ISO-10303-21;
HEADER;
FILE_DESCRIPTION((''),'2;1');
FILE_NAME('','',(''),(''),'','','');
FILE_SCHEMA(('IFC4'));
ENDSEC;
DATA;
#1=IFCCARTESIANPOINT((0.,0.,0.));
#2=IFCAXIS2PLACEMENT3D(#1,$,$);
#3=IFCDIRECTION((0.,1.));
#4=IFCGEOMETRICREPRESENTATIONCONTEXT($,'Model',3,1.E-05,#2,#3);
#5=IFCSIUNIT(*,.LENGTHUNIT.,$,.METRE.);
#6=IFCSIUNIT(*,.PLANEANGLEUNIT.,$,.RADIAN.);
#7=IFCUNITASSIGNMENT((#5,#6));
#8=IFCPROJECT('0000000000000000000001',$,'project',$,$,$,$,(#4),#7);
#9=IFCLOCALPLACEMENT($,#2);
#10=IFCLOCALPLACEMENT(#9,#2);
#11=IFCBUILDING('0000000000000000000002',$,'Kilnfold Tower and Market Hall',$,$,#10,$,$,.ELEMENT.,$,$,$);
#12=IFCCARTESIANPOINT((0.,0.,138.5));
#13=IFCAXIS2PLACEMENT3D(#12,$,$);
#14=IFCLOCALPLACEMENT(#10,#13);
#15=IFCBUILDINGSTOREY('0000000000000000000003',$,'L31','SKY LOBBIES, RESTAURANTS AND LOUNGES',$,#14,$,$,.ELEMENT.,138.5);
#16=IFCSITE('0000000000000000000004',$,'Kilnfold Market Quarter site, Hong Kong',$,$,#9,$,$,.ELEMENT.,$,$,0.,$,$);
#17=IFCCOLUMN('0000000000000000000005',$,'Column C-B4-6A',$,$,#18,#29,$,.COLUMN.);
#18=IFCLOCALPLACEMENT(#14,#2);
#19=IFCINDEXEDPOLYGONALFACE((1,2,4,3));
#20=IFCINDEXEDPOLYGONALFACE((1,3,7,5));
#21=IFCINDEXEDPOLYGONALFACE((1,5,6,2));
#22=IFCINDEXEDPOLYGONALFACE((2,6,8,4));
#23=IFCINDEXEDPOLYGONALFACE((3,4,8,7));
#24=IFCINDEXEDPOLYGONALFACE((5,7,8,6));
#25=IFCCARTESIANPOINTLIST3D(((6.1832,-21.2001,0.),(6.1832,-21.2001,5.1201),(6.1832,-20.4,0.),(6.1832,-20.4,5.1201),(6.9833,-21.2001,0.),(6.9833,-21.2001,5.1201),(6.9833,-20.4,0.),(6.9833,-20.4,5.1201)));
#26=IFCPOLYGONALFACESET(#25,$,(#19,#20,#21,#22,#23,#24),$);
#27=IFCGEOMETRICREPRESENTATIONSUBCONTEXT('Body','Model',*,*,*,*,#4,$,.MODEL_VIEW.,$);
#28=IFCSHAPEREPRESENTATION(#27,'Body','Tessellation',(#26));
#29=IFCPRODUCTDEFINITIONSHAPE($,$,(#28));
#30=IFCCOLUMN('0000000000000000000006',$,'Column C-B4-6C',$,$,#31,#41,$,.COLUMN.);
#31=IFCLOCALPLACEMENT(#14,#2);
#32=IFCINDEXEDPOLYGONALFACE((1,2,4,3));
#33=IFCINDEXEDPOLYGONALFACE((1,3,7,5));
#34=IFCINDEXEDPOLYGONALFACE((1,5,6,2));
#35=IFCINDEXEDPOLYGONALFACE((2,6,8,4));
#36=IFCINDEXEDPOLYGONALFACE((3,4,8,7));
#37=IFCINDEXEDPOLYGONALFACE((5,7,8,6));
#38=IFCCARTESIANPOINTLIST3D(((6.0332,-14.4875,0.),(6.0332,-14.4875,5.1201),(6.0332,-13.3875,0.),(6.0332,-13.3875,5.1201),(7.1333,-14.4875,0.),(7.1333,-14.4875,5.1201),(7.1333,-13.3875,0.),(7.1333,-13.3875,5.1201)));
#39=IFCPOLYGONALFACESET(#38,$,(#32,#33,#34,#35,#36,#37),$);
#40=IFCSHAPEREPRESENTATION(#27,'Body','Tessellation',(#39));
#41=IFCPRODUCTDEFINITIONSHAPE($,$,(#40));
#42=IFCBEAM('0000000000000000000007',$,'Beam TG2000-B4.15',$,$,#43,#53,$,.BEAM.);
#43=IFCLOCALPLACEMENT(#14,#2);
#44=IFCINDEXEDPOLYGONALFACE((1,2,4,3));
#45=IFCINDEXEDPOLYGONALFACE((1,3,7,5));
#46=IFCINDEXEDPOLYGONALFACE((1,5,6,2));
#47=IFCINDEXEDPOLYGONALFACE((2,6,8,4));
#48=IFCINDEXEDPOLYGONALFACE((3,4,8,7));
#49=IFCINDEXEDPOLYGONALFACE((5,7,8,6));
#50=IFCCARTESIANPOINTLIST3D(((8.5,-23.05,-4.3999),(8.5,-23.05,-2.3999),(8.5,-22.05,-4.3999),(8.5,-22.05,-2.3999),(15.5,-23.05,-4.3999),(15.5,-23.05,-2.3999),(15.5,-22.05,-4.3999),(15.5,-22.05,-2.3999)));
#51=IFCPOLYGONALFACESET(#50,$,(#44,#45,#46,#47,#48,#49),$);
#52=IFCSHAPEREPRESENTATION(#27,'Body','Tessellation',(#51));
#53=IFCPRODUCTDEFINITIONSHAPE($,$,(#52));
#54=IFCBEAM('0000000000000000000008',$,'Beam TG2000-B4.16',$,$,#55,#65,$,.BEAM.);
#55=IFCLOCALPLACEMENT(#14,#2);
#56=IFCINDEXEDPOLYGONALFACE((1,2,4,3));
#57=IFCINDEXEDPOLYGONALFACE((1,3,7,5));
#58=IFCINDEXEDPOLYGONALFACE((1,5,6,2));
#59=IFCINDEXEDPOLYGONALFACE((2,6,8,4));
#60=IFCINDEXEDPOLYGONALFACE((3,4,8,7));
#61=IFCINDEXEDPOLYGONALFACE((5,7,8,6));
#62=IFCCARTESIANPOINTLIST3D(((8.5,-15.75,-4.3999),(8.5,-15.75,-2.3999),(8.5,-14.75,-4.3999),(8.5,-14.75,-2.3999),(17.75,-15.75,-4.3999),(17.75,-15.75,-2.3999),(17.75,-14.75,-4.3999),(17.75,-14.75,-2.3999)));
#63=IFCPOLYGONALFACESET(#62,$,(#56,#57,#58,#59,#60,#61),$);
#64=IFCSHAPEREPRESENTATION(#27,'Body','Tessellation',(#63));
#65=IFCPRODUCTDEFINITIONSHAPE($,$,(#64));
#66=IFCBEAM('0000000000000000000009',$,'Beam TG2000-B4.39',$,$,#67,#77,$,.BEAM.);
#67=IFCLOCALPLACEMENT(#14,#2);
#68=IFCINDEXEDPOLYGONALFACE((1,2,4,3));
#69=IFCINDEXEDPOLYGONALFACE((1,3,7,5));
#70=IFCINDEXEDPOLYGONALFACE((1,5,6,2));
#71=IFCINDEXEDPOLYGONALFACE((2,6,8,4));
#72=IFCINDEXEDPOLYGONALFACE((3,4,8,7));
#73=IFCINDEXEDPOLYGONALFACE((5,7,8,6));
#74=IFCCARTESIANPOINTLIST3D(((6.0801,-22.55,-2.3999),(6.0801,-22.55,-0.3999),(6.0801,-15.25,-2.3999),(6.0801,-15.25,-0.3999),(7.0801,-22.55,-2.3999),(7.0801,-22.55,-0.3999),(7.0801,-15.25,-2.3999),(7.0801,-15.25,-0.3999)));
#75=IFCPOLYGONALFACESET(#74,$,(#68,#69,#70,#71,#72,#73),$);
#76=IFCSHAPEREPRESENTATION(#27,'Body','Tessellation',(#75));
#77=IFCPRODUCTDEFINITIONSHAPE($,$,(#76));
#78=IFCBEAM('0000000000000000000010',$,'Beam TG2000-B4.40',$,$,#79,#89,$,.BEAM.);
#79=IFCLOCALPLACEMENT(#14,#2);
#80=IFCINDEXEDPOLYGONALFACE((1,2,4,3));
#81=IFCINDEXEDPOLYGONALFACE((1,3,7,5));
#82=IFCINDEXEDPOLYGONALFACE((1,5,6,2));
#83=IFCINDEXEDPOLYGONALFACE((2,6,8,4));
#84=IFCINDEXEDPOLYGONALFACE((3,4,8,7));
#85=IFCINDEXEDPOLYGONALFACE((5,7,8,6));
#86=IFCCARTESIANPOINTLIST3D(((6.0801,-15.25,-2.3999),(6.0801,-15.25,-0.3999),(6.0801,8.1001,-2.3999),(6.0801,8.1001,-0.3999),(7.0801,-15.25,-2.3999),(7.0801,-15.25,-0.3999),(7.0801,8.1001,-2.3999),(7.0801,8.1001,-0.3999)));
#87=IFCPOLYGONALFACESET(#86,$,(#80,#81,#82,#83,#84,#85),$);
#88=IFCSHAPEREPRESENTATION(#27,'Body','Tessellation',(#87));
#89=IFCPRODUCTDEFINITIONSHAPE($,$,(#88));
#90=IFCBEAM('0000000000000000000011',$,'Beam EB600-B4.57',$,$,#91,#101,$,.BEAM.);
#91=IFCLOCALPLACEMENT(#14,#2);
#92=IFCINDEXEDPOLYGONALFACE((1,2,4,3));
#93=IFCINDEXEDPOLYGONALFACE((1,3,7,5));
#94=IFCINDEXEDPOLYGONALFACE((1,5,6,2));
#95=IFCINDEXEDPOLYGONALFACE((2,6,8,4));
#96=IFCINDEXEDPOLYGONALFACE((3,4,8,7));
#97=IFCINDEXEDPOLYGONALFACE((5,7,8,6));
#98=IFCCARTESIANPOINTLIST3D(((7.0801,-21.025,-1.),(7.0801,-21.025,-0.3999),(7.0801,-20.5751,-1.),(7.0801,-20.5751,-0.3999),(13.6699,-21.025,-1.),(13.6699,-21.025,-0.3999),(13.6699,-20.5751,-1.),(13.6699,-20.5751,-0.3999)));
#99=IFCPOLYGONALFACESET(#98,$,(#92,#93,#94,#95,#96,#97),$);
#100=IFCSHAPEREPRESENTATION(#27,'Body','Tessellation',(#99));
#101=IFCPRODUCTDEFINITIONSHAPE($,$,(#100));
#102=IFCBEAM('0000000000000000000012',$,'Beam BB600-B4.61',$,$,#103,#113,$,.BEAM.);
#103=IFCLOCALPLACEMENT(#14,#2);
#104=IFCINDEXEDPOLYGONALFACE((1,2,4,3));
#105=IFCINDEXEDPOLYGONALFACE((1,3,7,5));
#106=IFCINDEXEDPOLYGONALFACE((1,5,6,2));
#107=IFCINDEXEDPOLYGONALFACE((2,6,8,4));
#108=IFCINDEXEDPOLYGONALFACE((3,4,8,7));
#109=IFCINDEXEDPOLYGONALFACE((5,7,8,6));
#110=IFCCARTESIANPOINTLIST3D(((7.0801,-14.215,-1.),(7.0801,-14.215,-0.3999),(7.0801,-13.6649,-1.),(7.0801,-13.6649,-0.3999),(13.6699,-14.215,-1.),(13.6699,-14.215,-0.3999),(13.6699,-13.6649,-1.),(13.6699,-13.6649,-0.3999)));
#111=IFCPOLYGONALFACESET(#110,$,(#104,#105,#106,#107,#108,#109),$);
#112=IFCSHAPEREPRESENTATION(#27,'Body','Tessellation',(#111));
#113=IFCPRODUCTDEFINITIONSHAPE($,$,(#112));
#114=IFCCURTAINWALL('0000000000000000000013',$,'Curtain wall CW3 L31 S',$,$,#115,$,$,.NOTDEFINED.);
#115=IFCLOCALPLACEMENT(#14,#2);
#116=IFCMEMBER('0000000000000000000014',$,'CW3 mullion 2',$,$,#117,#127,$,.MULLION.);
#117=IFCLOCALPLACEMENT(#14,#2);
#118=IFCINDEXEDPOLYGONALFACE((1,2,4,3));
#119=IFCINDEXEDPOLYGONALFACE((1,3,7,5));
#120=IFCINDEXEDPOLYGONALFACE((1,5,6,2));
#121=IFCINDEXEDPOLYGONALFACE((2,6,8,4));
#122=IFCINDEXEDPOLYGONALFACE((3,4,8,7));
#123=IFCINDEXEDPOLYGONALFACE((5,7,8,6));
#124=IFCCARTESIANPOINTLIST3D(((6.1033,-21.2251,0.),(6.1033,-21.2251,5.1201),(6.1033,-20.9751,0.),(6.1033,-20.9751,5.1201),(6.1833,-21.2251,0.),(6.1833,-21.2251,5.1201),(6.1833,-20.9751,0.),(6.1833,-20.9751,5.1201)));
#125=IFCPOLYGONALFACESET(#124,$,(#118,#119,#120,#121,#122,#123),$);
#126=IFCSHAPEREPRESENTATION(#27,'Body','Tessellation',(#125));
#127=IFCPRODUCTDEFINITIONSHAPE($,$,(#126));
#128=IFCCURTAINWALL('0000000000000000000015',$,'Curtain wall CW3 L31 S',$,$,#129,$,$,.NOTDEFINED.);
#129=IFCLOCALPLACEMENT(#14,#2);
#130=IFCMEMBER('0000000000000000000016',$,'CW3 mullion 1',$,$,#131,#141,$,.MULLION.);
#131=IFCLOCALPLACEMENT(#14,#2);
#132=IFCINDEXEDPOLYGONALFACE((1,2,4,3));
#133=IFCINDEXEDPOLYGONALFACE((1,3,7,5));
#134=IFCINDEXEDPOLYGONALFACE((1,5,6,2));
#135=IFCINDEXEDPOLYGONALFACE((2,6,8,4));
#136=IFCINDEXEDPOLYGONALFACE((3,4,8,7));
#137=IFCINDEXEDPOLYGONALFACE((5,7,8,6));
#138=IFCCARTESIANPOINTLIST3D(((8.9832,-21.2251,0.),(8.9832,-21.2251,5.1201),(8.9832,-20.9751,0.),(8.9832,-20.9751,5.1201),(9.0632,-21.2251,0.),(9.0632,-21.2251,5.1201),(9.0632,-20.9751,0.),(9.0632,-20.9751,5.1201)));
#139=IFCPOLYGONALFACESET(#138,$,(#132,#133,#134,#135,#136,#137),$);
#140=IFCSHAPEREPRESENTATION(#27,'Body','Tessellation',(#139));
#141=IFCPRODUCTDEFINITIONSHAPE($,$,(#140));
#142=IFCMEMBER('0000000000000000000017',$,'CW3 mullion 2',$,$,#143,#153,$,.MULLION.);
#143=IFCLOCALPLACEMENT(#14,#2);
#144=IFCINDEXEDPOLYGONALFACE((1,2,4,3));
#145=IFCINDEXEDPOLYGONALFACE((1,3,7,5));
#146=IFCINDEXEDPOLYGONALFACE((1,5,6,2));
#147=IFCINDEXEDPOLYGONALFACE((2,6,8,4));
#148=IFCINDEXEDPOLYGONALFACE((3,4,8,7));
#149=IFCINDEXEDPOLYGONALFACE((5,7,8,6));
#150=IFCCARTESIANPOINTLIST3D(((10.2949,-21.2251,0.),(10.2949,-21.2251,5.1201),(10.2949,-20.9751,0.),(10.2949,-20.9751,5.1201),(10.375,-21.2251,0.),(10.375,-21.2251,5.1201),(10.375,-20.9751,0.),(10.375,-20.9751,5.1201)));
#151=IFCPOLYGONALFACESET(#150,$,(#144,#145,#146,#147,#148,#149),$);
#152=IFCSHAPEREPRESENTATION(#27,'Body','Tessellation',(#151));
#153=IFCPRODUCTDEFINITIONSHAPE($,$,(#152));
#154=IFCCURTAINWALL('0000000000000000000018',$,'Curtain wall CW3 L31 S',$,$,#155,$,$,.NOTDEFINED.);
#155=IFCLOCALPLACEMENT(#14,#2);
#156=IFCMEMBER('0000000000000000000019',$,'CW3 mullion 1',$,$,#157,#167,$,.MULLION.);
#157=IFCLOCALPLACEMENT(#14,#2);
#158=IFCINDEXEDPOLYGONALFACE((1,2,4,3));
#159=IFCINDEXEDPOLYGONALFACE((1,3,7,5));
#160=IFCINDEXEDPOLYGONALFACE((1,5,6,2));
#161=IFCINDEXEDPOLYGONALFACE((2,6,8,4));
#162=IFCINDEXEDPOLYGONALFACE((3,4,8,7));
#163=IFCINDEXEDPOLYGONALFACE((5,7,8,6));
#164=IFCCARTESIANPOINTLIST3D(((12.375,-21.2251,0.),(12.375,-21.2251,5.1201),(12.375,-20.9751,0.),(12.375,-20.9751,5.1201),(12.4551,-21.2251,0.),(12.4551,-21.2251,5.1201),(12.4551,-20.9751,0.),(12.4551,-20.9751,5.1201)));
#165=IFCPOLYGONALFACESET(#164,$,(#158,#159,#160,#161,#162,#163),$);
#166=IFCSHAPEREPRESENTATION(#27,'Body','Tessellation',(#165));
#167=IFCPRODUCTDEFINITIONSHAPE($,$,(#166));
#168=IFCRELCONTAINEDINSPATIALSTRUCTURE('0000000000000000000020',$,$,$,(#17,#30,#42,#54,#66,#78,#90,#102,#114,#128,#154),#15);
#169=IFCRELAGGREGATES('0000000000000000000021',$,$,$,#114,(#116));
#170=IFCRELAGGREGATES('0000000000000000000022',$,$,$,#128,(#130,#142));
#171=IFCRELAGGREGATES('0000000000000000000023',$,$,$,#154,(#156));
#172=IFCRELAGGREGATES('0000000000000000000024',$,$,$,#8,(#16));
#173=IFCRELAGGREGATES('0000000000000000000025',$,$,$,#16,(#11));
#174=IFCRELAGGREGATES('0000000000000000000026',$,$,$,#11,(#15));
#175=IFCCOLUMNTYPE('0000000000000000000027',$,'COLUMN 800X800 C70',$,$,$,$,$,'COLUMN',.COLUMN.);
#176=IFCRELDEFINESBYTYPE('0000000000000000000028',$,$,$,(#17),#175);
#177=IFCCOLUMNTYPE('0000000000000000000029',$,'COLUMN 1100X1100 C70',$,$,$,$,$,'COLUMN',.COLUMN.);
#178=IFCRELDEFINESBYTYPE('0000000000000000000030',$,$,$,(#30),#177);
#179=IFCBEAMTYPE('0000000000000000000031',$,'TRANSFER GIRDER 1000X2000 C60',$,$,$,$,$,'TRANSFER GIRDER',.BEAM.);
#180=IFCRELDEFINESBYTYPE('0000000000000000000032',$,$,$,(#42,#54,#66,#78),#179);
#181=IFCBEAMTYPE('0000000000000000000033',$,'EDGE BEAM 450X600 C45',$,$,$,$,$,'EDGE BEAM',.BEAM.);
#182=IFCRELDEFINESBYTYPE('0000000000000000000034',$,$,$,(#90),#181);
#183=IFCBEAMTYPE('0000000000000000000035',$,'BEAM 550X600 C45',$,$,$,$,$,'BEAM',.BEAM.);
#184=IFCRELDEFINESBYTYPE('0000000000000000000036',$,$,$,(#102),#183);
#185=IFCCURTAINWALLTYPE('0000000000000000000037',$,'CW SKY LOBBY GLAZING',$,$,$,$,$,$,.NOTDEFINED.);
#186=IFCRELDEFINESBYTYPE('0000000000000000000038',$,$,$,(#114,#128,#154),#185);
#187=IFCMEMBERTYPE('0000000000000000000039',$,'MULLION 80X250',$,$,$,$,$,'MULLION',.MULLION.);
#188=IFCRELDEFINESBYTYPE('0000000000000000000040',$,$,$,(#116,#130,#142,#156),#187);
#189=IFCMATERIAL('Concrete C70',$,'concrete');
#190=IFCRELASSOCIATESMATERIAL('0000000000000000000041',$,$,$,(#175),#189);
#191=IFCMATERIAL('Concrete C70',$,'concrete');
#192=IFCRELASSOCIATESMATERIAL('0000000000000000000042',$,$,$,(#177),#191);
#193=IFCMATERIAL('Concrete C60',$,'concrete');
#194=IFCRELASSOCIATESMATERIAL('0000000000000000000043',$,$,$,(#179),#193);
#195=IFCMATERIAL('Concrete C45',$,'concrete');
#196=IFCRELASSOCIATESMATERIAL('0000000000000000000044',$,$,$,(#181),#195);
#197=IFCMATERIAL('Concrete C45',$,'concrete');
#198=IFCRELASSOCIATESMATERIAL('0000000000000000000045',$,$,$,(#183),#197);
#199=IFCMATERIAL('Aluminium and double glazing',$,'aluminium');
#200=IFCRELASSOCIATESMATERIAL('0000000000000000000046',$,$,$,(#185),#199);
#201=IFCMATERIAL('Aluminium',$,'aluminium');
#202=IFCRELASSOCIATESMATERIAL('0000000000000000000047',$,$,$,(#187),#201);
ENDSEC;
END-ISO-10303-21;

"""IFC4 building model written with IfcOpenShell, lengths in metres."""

from ifc_helpers import new_model, si_unit, direction, frame, origin, origin_2d, place, context, subcontext, project, spatial, rectangle, extrude, source, transform, mapped, material, material_profile, profile_set, type_object, element, aggregate, save


model = new_model("IFC4")

# Units and contexts
model_context = context("Model", 3, precision=1e-05, world=origin(), true_north=direction((0.0, 1.0)))
body_context = subcontext(model_context, "Body", "Model", "MODEL_VIEW")
ifc_project = project(units=[si_unit("LENGTHUNIT", "METRE"), si_unit("PLANEANGLEUNIT", "RADIAN")], contexts=[model_context])

# Site, building, storey
site_placement = place(None, origin())
site = spatial("IfcSite", under=ifc_project, at=site_placement, Name="Kilnfold Market Quarter site, Hong Kong", CompositionType="ELEMENT", RefElevation=0.0)
building_placement = place(site_placement, origin())
building = spatial("IfcBuilding", under=site, at=building_placement, Name="Kilnfold Tower and Market Hall", CompositionType="ELEMENT")
storey_placement = place(building_placement, frame((0.0, 0.0, 138.5)))
storey = spatial("IfcBuildingStorey", under=building, at=storey_placement, Name="L31", Description="SKY LOBBIES, RESTAURANTS AND LOUNGES", CompositionType="ELEMENT", Elevation=138.5)

# Columns
ifc_material_1 = material(Name="Concrete C70", Category="concrete")
ifc_material_profile_1 = material_profile(ifc_material_1, rectangle(XDim=0.8, YDim=0.8, at=origin_2d()), Name="RC 800x800")
ifc_profile_set_1 = profile_set([ifc_material_profile_1], Name="Concrete C70")
column_type_1 = type_object("IfcColumnType", Name="COLUMN 800X800 C70", ElementType="COLUMN", PredefinedType="COLUMN", material=ifc_profile_set_1)
shared_shape_1 = source(origin(), body_context, "Body", "SweptSolid", [
    extrude(rectangle(XDim=0.8, YDim=0.8, at=origin_2d()), origin(), (0.0, 0.0, 1.0), 5.1201),
])
column_1_placement = place(storey_placement, frame((6.5833, -20.8, 0.0), z_axis=(0.0, 0.0, 1.0), x_axis=(1.0, 0.0, 0.0)))
element("IfcColumn", 1, at=column_1_placement, inside=storey, type_object=column_type_1, Name="Column C-B4-6A", PredefinedType="COLUMN", context=body_context, shape_type="MappedRepresentation", body=[
    mapped(shared_shape_1, transform((0.0, 0.0, 0.0))),
])
ifc_material_2 = material(Name="Concrete C70", Category="concrete")
ifc_material_profile_2 = material_profile(ifc_material_2, rectangle(XDim=1.1001, YDim=1.1001, at=origin_2d()), Name="RC 1100x1100")
ifc_profile_set_2 = profile_set([ifc_material_profile_2], Name="Concrete C70")
column_type_2 = type_object("IfcColumnType", Name="COLUMN 1100X1100 C70", ElementType="COLUMN", PredefinedType="COLUMN", material=ifc_profile_set_2)
shared_shape_2 = source(origin(), body_context, "Body", "SweptSolid", [
    extrude(rectangle(XDim=1.1001, YDim=1.1001, at=origin_2d()), origin(), (0.0, 0.0, 1.0), 5.1201),
])
column_2_placement = place(storey_placement, frame((6.5833, -13.9375, 0.0), z_axis=(0.0, 0.0, 1.0), x_axis=(1.0, 0.0, 0.0)))
element("IfcColumn", 2, at=column_2_placement, inside=storey, type_object=column_type_2, Name="Column C-B4-6C", PredefinedType="COLUMN", context=body_context, shape_type="MappedRepresentation", body=[
    mapped(shared_shape_2, transform((0.0, 0.0, 0.0))),
])

# Beams
ifc_material_3 = material(Name="Concrete C60", Category="concrete")
ifc_material_profile_3 = material_profile(ifc_material_3, rectangle(XDim=1.0, YDim=2.0, at=origin_2d()), Name="RC 1000x2000")
ifc_profile_set_3 = profile_set([ifc_material_profile_3], Name="Concrete C60")
beam_type_1 = type_object("IfcBeamType", Name="TRANSFER GIRDER 1000X2000 C60", ElementType="TRANSFER GIRDER", PredefinedType="BEAM", material=ifc_profile_set_3)
shared_shape_3 = source(origin(), body_context, "Body", "SweptSolid", [
    extrude(rectangle(XDim=1.0, YDim=2.0, at=origin_2d()), origin(), (0.0, 0.0, 1.0), 7.0),
])
beam_1_placement = place(storey_placement, frame((8.5, -22.55, -3.3999), z_axis=(1.0, 0.0, 0.0), x_axis=(0.0, 1.0, 0.0)))
element("IfcBeam", 3, at=beam_1_placement, inside=storey, type_object=beam_type_1, Name="Beam TG2000-B4.15", PredefinedType="BEAM", context=body_context, shape_type="MappedRepresentation", body=[
    mapped(shared_shape_3, transform((0.0, 0.0, 0.0))),
])
shared_shape_4 = source(origin(), body_context, "Body", "SweptSolid", [
    extrude(rectangle(XDim=1.0, YDim=2.0, at=origin_2d()), origin(), (0.0, 0.0, 1.0), 9.25),
])
beam_2_placement = place(storey_placement, frame((8.5, -15.25, -3.3999), z_axis=(1.0, 0.0, 0.0), x_axis=(0.0, 1.0, 0.0)))
element("IfcBeam", 4, at=beam_2_placement, inside=storey, type_object=beam_type_1, Name="Beam TG2000-B4.16", PredefinedType="BEAM", context=body_context, shape_type="MappedRepresentation", body=[
    mapped(shared_shape_4, transform((0.0, 0.0, 0.0))),
])
shared_shape_5 = source(origin(), body_context, "Body", "SweptSolid", [
    extrude(rectangle(XDim=1.0, YDim=2.0, at=origin_2d()), origin(), (0.0, 0.0, 1.0), 7.3),
])
beam_3_placement = place(storey_placement, frame((6.5801, -22.55, -1.3999), z_axis=(0.0, 1.0, 0.0), x_axis=(-1.0, 0.0, 0.0)))
element("IfcBeam", 5, at=beam_3_placement, inside=storey, type_object=beam_type_1, Name="Beam TG2000-B4.39", PredefinedType="BEAM", context=body_context, shape_type="MappedRepresentation", body=[
    mapped(shared_shape_5, transform((0.0, 0.0, 0.0))),
])
shared_shape_6 = source(origin(), body_context, "Body", "SweptSolid", [
    extrude(rectangle(XDim=1.0, YDim=2.0, at=origin_2d()), origin(), (0.0, 0.0, 1.0), 23.3501),
])
beam_4_placement = place(storey_placement, frame((6.5801, -15.25, -1.3999), z_axis=(0.0, 1.0, 0.0), x_axis=(-1.0, 0.0, 0.0)))
element("IfcBeam", 6, at=beam_4_placement, inside=storey, type_object=beam_type_1, Name="Beam TG2000-B4.40", PredefinedType="BEAM", context=body_context, shape_type="MappedRepresentation", body=[
    mapped(shared_shape_6, transform((0.0, 0.0, 0.0))),
])
ifc_material_4 = material(Name="Concrete C45", Category="concrete")
ifc_material_profile_4 = material_profile(ifc_material_4, rectangle(XDim=0.45, YDim=0.6001, at=origin_2d()), Name="RC 450x600")
ifc_profile_set_4 = profile_set([ifc_material_profile_4], Name="Concrete C45")
beam_type_2 = type_object("IfcBeamType", Name="EDGE BEAM 450X600 C45", ElementType="EDGE BEAM", PredefinedType="BEAM", material=ifc_profile_set_4)
shared_shape_7 = source(origin(), body_context, "Body", "SweptSolid", [
    extrude(rectangle(XDim=0.45, YDim=0.6001, at=origin_2d()), origin(), (0.0, 0.0, 1.0), 6.5898),
])
beam_5_placement = place(storey_placement, frame((7.0801, -20.8, -0.7), z_axis=(1.0, 0.0, 0.0), x_axis=(0.0, 1.0, 0.0)))
element("IfcBeam", 7, at=beam_5_placement, inside=storey, type_object=beam_type_2, Name="Beam EB600-B4.57", PredefinedType="BEAM", context=body_context, shape_type="MappedRepresentation", body=[
    mapped(shared_shape_7, transform((0.0, 0.0, 0.0))),
])
ifc_material_5 = material(Name="Concrete C45", Category="concrete")
ifc_material_profile_5 = material_profile(ifc_material_5, rectangle(XDim=0.55, YDim=0.6001, at=origin_2d()), Name="RC 550x600")
ifc_profile_set_5 = profile_set([ifc_material_profile_5], Name="Concrete C45")
beam_type_3 = type_object("IfcBeamType", Name="BEAM 550X600 C45", ElementType="BEAM", PredefinedType="BEAM", material=ifc_profile_set_5)
shared_shape_8 = source(origin(), body_context, "Body", "SweptSolid", [
    extrude(rectangle(XDim=0.55, YDim=0.6001, at=origin_2d()), origin(), (0.0, 0.0, 1.0), 6.5898),
])
beam_6_placement = place(storey_placement, frame((7.0801, -13.9399, -0.7), z_axis=(1.0, 0.0, 0.0), x_axis=(0.0, 1.0, 0.0)))
element("IfcBeam", 8, at=beam_6_placement, inside=storey, type_object=beam_type_3, Name="Beam BB600-B4.61", PredefinedType="BEAM", context=body_context, shape_type="MappedRepresentation", body=[
    mapped(shared_shape_8, transform((0.0, 0.0, 0.0))),
])

# Curtain wall, member
ifc_material_6 = material(Name="Aluminium and double glazing", Category="aluminium")
curtain_wall_type = type_object("IfcCurtainWallType", Name="CW SKY LOBBY GLAZING", PredefinedType="NOTDEFINED", material=ifc_material_6)
curtain_wall_1_placement = place(storey_placement, origin())
curtain_wall_1 = element("IfcCurtainWall", 9, at=curtain_wall_1_placement, inside=storey, type_object=curtain_wall_type, Name="Curtain wall CW3 L31 S", PredefinedType="NOTDEFINED")
ifc_material_7 = material(Name="Aluminium", Category="aluminium")
ifc_material_profile_6 = material_profile(ifc_material_7, rectangle(XDim=0.0801, YDim=0.25, at=origin_2d()), Name="MULLION 80x250")
ifc_profile_set_6 = profile_set([ifc_material_profile_6], Name="Aluminium")
member_type_1 = type_object("IfcMemberType", Name="MULLION 80X250", ElementType="MULLION", PredefinedType="MULLION", material=ifc_profile_set_6)
shared_shape_9 = source(origin(), body_context, "Body", "SweptSolid", [
    extrude(rectangle(XDim=0.0801, YDim=0.25, at=origin_2d()), origin(), (0.0, 0.0, 1.0), 5.1201),
])
member_1_placement = place(storey_placement, frame((6.1433, -21.1001, 0.0), z_axis=(0.0, 0.0, 1.0), x_axis=(1.0, 0.0, 0.0)))
member_1 = element("IfcMember", 10, at=member_1_placement, type_object=member_type_1, Name="CW3 mullion 2", PredefinedType="MULLION", context=body_context, shape_type="MappedRepresentation", body=[
    mapped(shared_shape_9, transform((0.0, 0.0, 0.0))),
])

# Curtain wall, members
curtain_wall_2_placement = place(storey_placement, origin())
curtain_wall_2 = element("IfcCurtainWall", 11, at=curtain_wall_2_placement, inside=storey, type_object=curtain_wall_type, Name="Curtain wall CW3 L31 S", PredefinedType="NOTDEFINED")
member_2_placement = place(storey_placement, frame((9.0232, -21.1001, 0.0), z_axis=(0.0, 0.0, 1.0), x_axis=(1.0, 0.0, 0.0)))
member_2 = element("IfcMember", 12, at=member_2_placement, type_object=member_type_1, Name="CW3 mullion 1", PredefinedType="MULLION", context=body_context, shape_type="MappedRepresentation", body=[
    mapped(shared_shape_9, transform((0.0, 0.0, 0.0))),
])
member_3_placement = place(storey_placement, frame((10.335, -21.1001, 0.0), z_axis=(0.0, 0.0, 1.0), x_axis=(1.0, 0.0, 0.0)))
member_3 = element("IfcMember", 13, at=member_3_placement, type_object=member_type_1, Name="CW3 mullion 2", PredefinedType="MULLION", context=body_context, shape_type="MappedRepresentation", body=[
    mapped(shared_shape_9, transform((0.0, 0.0, 0.0))),
])

# Curtain wall, member
curtain_wall_3_placement = place(storey_placement, origin())
curtain_wall_3 = element("IfcCurtainWall", 14, at=curtain_wall_3_placement, inside=storey, type_object=curtain_wall_type, Name="Curtain wall CW3 L31 S", PredefinedType="NOTDEFINED")
member_4_placement = place(storey_placement, frame((12.415, -21.1001, 0.0), z_axis=(0.0, 0.0, 1.0), x_axis=(1.0, 0.0, 0.0)))
member_4 = element("IfcMember", 15, at=member_4_placement, type_object=member_type_1, Name="CW3 mullion 1", PredefinedType="MULLION", context=body_context, shape_type="MappedRepresentation", body=[
    mapped(shared_shape_9, transform((0.0, 0.0, 0.0))),
])

aggregate(curtain_wall_1, [member_1])
aggregate(curtain_wall_2, [member_2, member_3])
aggregate(curtain_wall_3, [member_4])

save(model, "model.ifc")
